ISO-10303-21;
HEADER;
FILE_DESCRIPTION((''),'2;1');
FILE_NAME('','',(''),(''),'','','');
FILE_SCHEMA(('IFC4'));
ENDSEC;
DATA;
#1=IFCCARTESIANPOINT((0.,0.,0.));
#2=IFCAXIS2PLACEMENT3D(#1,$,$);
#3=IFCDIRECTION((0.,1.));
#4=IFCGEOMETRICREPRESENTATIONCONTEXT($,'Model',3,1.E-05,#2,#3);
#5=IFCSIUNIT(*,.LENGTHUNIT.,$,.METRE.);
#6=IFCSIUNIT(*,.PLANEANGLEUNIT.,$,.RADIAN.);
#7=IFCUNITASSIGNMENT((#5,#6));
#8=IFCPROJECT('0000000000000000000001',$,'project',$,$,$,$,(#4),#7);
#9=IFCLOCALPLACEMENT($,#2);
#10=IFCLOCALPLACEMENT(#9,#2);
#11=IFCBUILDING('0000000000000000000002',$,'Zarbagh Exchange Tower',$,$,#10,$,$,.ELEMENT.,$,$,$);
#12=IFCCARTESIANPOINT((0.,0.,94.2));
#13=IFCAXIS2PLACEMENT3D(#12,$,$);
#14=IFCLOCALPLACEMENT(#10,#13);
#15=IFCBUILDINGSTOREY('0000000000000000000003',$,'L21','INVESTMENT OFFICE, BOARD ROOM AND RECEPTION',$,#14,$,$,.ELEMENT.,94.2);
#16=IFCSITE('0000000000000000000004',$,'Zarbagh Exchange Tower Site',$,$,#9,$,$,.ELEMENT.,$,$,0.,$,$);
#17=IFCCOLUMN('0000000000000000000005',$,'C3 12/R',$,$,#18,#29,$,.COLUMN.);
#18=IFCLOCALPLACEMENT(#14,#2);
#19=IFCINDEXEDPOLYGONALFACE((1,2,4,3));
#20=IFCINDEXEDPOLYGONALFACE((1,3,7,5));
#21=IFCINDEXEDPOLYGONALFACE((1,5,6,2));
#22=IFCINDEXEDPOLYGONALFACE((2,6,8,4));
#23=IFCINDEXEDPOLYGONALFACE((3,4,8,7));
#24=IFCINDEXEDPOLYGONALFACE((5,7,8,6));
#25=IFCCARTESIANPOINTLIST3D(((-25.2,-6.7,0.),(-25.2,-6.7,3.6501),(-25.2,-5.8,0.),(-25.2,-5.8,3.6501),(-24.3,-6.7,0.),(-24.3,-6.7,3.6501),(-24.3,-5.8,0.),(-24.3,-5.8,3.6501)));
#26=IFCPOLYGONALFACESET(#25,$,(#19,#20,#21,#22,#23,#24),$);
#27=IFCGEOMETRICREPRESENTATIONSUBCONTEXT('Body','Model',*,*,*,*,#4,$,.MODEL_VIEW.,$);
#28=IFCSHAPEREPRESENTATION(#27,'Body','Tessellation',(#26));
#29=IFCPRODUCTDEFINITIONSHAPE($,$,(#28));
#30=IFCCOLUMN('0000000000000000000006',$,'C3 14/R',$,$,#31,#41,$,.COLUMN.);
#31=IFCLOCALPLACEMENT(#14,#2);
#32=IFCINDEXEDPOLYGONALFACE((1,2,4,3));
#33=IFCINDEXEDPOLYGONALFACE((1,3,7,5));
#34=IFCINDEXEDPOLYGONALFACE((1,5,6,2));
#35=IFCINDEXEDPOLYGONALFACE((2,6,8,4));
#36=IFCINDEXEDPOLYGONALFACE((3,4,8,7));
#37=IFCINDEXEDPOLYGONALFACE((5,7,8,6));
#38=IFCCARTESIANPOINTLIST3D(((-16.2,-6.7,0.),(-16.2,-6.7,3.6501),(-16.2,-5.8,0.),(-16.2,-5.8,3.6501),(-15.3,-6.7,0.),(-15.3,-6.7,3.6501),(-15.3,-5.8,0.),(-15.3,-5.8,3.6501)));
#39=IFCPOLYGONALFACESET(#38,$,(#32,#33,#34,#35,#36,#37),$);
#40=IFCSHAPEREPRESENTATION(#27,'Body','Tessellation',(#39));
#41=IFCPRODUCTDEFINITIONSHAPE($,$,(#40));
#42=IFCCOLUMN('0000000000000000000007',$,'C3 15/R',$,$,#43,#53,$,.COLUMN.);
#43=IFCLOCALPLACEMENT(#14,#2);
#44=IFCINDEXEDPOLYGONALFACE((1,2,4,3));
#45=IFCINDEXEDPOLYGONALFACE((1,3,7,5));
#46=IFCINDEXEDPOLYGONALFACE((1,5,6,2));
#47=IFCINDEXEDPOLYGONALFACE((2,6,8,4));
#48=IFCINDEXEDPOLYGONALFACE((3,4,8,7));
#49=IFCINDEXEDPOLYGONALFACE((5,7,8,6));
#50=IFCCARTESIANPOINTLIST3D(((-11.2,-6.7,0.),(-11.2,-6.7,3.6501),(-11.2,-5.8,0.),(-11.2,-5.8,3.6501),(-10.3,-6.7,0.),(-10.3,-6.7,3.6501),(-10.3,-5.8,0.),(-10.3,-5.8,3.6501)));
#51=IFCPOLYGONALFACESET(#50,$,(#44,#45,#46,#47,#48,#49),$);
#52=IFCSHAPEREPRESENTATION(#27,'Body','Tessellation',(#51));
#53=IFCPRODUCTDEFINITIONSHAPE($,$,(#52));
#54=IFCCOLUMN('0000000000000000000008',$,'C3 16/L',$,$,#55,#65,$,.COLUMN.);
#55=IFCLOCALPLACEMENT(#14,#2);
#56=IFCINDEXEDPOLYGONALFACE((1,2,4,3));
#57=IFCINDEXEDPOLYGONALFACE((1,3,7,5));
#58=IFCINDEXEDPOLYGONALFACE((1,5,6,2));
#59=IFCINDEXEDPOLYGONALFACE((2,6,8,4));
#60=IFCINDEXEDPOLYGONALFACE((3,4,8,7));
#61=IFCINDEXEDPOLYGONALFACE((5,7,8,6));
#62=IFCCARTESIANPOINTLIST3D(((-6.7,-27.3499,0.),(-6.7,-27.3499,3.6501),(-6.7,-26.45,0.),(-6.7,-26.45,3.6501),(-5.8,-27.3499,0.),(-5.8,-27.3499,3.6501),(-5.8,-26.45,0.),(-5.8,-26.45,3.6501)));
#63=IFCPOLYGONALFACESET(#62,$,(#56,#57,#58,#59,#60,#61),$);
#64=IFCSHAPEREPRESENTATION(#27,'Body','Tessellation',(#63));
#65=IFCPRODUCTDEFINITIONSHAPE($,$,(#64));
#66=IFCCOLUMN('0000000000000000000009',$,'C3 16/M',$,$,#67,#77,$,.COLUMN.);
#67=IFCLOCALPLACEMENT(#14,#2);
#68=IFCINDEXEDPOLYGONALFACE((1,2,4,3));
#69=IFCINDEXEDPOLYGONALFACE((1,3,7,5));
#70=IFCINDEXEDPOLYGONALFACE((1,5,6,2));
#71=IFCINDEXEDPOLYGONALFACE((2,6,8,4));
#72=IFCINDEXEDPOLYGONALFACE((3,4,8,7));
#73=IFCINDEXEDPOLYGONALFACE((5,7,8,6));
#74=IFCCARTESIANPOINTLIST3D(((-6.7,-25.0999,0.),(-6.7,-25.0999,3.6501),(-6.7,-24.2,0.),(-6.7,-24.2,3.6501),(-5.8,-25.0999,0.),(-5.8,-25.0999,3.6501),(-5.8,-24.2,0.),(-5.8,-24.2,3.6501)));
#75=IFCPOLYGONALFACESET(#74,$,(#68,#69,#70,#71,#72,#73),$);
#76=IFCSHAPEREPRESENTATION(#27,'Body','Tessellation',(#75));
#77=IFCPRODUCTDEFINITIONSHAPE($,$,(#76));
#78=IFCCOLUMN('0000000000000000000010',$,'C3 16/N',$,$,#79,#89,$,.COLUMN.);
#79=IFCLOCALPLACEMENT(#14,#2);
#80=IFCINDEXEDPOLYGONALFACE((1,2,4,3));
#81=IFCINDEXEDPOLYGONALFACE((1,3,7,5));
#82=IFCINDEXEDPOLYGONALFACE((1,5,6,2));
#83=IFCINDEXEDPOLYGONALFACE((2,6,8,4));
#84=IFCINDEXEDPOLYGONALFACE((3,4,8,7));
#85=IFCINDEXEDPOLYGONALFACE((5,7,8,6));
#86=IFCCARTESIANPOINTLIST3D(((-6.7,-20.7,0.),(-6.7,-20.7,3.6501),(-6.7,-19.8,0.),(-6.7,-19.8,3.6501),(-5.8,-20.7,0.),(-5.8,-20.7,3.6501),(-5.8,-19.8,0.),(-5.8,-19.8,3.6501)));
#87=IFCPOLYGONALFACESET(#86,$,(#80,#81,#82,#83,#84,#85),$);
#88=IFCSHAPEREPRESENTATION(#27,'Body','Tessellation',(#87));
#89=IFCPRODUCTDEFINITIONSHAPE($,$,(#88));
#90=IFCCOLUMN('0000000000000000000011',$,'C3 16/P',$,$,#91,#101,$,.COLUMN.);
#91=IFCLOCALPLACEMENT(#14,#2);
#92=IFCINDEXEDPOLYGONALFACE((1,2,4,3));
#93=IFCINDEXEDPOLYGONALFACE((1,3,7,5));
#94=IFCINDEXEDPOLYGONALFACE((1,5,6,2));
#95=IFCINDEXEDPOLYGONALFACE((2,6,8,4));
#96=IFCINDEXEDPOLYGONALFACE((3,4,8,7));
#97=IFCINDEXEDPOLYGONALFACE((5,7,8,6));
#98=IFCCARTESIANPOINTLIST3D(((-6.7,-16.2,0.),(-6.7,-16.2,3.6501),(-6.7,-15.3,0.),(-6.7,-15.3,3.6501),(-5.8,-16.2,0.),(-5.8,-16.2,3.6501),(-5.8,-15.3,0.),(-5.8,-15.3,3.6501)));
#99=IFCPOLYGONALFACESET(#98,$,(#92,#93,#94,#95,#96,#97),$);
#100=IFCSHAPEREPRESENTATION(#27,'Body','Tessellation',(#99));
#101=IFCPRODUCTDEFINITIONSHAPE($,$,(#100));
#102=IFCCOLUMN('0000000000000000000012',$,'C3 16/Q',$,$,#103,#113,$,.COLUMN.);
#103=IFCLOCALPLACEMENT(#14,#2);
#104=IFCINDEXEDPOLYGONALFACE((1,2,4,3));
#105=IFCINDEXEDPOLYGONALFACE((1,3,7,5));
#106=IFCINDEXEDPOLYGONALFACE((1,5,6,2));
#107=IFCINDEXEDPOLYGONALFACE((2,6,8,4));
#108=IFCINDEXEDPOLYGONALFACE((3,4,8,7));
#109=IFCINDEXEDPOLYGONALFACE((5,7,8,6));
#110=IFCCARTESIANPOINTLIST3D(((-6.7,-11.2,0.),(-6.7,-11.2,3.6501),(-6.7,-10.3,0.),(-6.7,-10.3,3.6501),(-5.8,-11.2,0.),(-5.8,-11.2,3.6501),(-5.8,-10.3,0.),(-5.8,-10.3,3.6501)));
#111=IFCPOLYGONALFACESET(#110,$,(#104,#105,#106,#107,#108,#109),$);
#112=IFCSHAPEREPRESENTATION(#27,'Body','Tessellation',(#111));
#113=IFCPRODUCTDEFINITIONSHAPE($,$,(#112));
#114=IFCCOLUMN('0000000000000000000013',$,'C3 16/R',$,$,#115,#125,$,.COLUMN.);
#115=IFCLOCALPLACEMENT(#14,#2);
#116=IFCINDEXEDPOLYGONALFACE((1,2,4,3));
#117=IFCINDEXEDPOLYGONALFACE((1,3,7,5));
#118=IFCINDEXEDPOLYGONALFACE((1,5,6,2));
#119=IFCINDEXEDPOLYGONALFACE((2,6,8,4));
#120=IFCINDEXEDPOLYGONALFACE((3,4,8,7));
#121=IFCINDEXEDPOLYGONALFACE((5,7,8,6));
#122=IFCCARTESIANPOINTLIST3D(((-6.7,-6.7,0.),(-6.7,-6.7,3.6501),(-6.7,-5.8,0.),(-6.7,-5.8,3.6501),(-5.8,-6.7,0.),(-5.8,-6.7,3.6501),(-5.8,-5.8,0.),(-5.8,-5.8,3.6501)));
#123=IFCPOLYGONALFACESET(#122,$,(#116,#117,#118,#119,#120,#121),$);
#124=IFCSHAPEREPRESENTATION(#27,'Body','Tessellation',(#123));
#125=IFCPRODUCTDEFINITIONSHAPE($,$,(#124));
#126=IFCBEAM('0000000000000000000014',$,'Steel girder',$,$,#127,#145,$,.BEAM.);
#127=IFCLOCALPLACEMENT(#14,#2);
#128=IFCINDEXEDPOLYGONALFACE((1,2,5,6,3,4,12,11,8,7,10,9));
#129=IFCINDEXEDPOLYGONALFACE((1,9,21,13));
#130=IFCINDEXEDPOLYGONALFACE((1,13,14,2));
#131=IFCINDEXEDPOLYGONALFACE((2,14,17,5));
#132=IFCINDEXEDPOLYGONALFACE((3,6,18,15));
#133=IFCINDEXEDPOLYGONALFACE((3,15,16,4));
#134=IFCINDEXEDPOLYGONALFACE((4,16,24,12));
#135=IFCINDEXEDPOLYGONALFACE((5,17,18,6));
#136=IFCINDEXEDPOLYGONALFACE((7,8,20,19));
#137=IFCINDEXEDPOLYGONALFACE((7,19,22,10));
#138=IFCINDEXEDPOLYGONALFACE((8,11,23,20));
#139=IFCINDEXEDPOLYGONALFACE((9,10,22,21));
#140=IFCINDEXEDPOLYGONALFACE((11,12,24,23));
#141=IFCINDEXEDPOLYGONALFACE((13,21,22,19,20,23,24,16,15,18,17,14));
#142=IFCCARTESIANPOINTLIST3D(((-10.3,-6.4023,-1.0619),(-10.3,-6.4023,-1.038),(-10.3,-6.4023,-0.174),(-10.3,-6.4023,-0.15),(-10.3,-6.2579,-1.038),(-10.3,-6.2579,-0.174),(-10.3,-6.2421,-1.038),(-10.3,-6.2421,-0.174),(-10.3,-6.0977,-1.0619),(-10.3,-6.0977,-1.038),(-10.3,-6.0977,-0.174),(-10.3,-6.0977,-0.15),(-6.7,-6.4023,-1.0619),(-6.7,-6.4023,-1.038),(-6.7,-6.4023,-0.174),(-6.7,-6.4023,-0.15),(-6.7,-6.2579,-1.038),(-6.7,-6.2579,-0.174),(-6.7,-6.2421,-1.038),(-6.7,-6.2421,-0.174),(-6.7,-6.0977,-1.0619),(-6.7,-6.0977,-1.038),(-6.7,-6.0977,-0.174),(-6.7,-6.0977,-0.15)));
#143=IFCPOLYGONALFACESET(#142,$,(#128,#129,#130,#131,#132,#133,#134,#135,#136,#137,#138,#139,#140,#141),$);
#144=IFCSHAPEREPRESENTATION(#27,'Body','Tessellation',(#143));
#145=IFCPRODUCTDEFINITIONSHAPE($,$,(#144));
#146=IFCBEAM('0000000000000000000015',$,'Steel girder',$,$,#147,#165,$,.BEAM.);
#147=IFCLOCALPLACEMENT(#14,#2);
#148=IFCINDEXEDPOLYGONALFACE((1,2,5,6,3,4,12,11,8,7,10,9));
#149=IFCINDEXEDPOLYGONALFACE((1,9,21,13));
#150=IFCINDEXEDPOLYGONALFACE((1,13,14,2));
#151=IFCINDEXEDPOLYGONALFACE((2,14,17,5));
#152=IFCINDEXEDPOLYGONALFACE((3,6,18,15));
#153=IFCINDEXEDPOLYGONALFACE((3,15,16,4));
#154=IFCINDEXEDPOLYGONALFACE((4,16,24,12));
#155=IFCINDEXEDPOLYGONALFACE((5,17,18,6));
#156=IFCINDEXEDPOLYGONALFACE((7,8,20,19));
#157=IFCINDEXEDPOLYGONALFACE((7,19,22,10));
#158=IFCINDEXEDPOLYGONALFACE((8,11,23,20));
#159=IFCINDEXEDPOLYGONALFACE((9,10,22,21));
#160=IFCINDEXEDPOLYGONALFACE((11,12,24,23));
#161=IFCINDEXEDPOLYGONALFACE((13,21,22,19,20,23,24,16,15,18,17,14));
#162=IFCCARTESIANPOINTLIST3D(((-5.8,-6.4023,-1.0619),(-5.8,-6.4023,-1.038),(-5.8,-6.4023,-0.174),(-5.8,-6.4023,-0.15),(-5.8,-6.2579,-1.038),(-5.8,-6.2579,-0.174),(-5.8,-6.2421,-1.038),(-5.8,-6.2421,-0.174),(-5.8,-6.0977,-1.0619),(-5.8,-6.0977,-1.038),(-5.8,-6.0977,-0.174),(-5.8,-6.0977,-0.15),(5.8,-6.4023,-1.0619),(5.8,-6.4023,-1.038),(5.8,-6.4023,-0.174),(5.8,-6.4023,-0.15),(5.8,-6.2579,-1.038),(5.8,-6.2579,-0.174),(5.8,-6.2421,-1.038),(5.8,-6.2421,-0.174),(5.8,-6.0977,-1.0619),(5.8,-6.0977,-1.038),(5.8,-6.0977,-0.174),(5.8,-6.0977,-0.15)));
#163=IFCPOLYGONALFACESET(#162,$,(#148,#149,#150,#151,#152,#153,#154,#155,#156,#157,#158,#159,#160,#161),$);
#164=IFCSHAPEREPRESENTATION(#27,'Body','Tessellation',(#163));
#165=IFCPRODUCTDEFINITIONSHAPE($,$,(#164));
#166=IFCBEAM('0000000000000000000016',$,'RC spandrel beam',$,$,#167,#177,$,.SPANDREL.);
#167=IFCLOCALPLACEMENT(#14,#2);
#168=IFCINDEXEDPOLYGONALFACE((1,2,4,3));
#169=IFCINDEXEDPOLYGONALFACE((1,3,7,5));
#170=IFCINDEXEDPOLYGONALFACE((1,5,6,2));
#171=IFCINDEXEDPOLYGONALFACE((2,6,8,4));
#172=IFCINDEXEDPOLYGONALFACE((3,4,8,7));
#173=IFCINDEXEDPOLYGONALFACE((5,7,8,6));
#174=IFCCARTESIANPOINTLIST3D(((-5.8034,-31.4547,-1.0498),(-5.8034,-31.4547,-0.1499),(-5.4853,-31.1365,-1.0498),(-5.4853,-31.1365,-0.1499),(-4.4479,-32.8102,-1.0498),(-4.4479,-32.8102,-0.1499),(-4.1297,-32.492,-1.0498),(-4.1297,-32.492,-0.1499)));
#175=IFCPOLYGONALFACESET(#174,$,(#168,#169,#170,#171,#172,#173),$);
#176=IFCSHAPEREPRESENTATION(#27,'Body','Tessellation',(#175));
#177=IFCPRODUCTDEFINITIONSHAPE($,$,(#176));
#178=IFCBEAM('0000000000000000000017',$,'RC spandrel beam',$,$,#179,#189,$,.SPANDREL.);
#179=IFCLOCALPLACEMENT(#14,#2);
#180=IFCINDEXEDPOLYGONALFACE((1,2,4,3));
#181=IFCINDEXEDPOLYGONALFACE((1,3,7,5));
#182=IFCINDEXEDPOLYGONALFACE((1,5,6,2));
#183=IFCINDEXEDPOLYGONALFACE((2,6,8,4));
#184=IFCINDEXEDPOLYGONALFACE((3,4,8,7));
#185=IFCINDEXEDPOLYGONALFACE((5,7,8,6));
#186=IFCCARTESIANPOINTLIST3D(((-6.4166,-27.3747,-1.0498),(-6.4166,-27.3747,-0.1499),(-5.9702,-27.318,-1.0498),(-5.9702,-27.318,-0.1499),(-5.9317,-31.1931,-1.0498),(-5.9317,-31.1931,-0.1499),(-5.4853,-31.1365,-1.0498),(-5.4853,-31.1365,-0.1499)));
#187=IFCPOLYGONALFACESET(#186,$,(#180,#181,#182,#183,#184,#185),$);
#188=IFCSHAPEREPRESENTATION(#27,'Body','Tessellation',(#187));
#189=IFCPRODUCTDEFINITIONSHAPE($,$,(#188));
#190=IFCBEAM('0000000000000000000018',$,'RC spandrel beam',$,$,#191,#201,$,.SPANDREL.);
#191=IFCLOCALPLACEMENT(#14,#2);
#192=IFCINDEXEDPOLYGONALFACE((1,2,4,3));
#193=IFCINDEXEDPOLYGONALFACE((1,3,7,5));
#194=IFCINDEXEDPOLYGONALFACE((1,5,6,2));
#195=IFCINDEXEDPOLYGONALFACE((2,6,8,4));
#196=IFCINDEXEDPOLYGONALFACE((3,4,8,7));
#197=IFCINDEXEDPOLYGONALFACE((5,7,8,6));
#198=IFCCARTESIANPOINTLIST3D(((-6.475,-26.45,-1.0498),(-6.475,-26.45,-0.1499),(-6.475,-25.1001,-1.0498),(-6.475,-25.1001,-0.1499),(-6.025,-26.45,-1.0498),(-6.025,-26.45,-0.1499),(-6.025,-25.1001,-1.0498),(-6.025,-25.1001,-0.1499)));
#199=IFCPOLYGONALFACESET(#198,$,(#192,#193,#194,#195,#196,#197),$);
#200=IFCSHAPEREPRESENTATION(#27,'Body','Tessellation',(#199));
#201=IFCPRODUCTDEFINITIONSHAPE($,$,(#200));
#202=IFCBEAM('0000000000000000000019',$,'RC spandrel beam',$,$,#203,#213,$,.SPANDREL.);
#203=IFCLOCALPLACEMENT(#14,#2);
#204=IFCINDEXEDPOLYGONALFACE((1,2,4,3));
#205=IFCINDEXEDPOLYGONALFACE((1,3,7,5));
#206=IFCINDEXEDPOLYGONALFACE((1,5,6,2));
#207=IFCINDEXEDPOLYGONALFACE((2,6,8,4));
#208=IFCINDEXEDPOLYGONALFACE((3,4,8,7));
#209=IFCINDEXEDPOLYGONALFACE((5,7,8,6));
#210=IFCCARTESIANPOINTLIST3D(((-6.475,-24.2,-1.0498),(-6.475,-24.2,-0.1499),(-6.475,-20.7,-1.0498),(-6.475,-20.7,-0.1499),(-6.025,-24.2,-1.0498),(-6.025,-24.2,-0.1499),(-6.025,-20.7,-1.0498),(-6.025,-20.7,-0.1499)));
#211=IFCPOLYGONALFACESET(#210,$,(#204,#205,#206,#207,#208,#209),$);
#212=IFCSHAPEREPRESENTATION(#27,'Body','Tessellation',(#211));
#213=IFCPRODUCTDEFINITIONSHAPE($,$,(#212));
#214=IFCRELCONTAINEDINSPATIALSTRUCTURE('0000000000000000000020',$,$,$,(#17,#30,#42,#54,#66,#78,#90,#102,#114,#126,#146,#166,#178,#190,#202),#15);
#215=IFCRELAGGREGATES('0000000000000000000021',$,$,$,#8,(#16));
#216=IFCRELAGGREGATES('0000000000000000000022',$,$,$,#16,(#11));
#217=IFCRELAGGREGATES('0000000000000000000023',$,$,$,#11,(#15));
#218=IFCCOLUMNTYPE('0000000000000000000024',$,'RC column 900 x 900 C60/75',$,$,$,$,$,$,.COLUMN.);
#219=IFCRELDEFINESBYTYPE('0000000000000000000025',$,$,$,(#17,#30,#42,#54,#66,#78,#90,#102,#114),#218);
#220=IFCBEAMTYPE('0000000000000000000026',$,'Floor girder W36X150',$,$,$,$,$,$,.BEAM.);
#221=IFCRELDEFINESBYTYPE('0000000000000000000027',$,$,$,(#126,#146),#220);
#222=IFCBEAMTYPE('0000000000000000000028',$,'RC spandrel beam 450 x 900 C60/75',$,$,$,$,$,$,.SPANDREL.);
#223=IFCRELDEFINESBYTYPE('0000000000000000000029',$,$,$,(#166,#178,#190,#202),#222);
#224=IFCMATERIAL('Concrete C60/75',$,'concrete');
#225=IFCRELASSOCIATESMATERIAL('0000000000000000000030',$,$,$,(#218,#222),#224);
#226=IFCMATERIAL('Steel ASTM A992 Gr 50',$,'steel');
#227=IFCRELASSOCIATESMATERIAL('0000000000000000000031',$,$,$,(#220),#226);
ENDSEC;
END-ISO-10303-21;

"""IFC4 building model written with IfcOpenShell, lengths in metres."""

from ifc_helpers import new_model, si_unit, direction, frame, origin, origin_2d, place, context, subcontext, project, spatial, rectangle, i_section, extrude, material, material_profile, profile_set, type_object, element, save


model = new_model("IFC4")

# Units and contexts
model_context = context("Model", 3, precision=1e-05, world=origin(), true_north=direction((0.0, 1.0)))
body_context = subcontext(model_context, "Body", "Model", "MODEL_VIEW")
ifc_project = project(units=[si_unit("LENGTHUNIT", "METRE"), si_unit("PLANEANGLEUNIT", "RADIAN")], contexts=[model_context])

# Site, building, storey
site_placement = place(None, origin())
site = spatial("IfcSite", under=ifc_project, at=site_placement, Name="Zarbagh Exchange Tower Site", CompositionType="ELEMENT", RefElevation=0.0)
building_placement = place(site_placement, origin())
building = spatial("IfcBuilding", under=site, at=building_placement, Name="Zarbagh Exchange Tower", CompositionType="ELEMENT")
storey_placement = place(building_placement, frame((0.0, 0.0, 94.2)))
storey = spatial("IfcBuildingStorey", under=building, at=storey_placement, Name="L21", Description="INVESTMENT OFFICE, BOARD ROOM AND RECEPTION", CompositionType="ELEMENT", Elevation=94.2)

# Columns
ifc_material_1 = material(Name="Concrete C60/75", Category="concrete")
ifc_material_profile_1 = material_profile(ifc_material_1, rectangle(XDim=0.8999, YDim=0.8999, at=origin_2d()), Name="RC column 900 x 900 C60/75")
ifc_profile_set_1 = profile_set([ifc_material_profile_1], Name="Concrete C60/75")
column_type = type_object("IfcColumnType", Name="RC column 900 x 900 C60/75", PredefinedType="COLUMN", material=ifc_profile_set_1)
for number, where, z_axis, x_axis, name in (
    (1, (-24.75, -6.25, 0.0), (0.0, 0.0, 1.0), (1.0, 0.0, 0.0), "C3 12/R"),
    (2, (-15.75, -6.25, 0.0), (0.0, 0.0, 1.0), (1.0, 0.0, 0.0), "C3 14/R"),
    (3, (-10.75, -6.25, 0.0), (0.0, 0.0, 1.0), (1.0, 0.0, 0.0), "C3 15/R"),
    (4, (-6.25, -26.8999, 0.0), (0.0, 0.0, 1.0), (1.0, 0.0, 0.0), "C3 16/L"),
    (5, (-6.25, -24.6499, 0.0), (0.0, 0.0, 1.0), (1.0, 0.0, 0.0), "C3 16/M"),
    (6, (-6.25, -20.25, 0.0), (0.0, 0.0, 1.0), (1.0, 0.0, 0.0), "C3 16/N"),
    (7, (-6.25, -15.75, 0.0), (0.0, 0.0, 1.0), (1.0, 0.0, 0.0), "C3 16/P"),
    (8, (-6.25, -10.75, 0.0), (0.0, 0.0, 1.0), (1.0, 0.0, 0.0), "C3 16/Q"),
    (9, (-6.25, -6.25, 0.0), (0.0, 0.0, 1.0), (1.0, 0.0, 0.0), "C3 16/R"),
):
    element("IfcColumn", number, at=place(storey_placement, frame(where, z_axis=z_axis, x_axis=x_axis)), inside=storey, type_object=column_type, Name=name, PredefinedType="COLUMN", context=body_context, shape_type="SweptSolid", body=[
        extrude(rectangle(XDim=0.8999, YDim=0.8999, at=origin_2d()), origin(), (0.0, 0.0, 1.0), 3.6501),
    ])

# Beams
ifc_material_2 = material(Name="Steel ASTM A992 Gr 50", Category="steel")
ifc_material_profile_2 = material_profile(ifc_material_2, i_section(OverallWidth=0.3047, OverallDepth=0.9119, WebThickness=0.0159, FlangeThickness=0.0239, at=origin_2d()), Name="W36X150")
ifc_profile_set_2 = profile_set([ifc_material_profile_2], Name="Steel ASTM A992 Gr 50")
beam_type_1 = type_object("IfcBeamType", Name="Floor girder W36X150", PredefinedType="BEAM", material=ifc_profile_set_2)
beam_1_placement = place(storey_placement, frame((-10.3, -6.25, -0.606), z_axis=(1.0, 0.0, 0.0), x_axis=(0.0, 1.0, 0.0)))
element("IfcBeam", 10, at=beam_1_placement, inside=storey, type_object=beam_type_1, Name="Steel girder", PredefinedType="BEAM", context=body_context, shape_type="SweptSolid", body=[
    extrude(i_section(OverallWidth=0.3047, OverallDepth=0.9119, WebThickness=0.0159, FlangeThickness=0.0239, at=origin_2d()), origin(), (0.0, 0.0, 1.0), 3.6001),
])
beam_2_placement = place(storey_placement, frame((-5.8, -6.25, -0.606), z_axis=(1.0, 0.0, 0.0), x_axis=(0.0, 1.0, 0.0)))
element("IfcBeam", 11, at=beam_2_placement, inside=storey, type_object=beam_type_1, Name="Steel girder", PredefinedType="BEAM", context=body_context, shape_type="SweptSolid", body=[
    extrude(i_section(OverallWidth=0.3047, OverallDepth=0.9119, WebThickness=0.0159, FlangeThickness=0.0239, at=origin_2d()), origin(), (0.0, 0.0, 1.0), 11.6001),
])
ifc_material_profile_3 = material_profile(ifc_material_1, rectangle(XDim=0.45, YDim=0.8999, at=origin_2d()), Name="RC spandrel beam 450 x 900 C60/75")
ifc_profile_set_3 = profile_set([ifc_material_profile_3], Name="Concrete C60/75")
beam_type_2 = type_object("IfcBeamType", Name="RC spandrel beam 450 x 900 C60/75", PredefinedType="SPANDREL", material=ifc_profile_set_3)
beam_3_placement = place(storey_placement, frame((-4.2888, -32.6511, -0.5999), z_axis=(-0.707107, 0.707107, 0.0), x_axis=(-0.707107, -0.707107, 0.0)))
element("IfcBeam", 12, at=beam_3_placement, inside=storey, type_object=beam_type_2, Name="RC spandrel beam", PredefinedType="SPANDREL", context=body_context, shape_type="SweptSolid", body=[
    extrude(rectangle(XDim=0.45, YDim=0.8999, at=origin_2d()), origin(), (0.0, 0.0, 1.0), 1.917),
])
beam_4_placement = place(storey_placement, frame((-5.7085, -31.1648, -0.5999), z_axis=(-0.125971, 0.992034, 0.0), x_axis=(-0.992034, -0.125971, 0.0)))
element("IfcBeam", 13, at=beam_4_placement, inside=storey, type_object=beam_type_2, Name="RC spandrel beam", PredefinedType="SPANDREL", context=body_context, shape_type="SweptSolid", body=[
    extrude(rectangle(XDim=0.45, YDim=0.8999, at=origin_2d()), origin(), (0.0, 0.0, 1.0), 3.8491),
])
beam_5_placement = place(storey_placement, frame((-6.25, -26.45, -0.5999), z_axis=(0.0, 1.0, 0.0), x_axis=(-1.0, 0.0, 0.0)))
element("IfcBeam", 14, at=beam_5_placement, inside=storey, type_object=beam_type_2, Name="RC spandrel beam", PredefinedType="SPANDREL", context=body_context, shape_type="SweptSolid", body=[
    extrude(rectangle(XDim=0.45, YDim=0.8999, at=origin_2d()), origin(), (0.0, 0.0, 1.0), 1.3499),
])
beam_6_placement = place(storey_placement, frame((-6.25, -24.2, -0.5999), z_axis=(0.0, 1.0, 0.0), x_axis=(-1.0, 0.0, 0.0)))
element("IfcBeam", 15, at=beam_6_placement, inside=storey, type_object=beam_type_2, Name="RC spandrel beam", PredefinedType="SPANDREL", context=body_context, shape_type="SweptSolid", body=[
    extrude(rectangle(XDim=0.45, YDim=0.8999, at=origin_2d()), origin(), (0.0, 0.0, 1.0), 3.5),
])

save(model, "model.ifc")
